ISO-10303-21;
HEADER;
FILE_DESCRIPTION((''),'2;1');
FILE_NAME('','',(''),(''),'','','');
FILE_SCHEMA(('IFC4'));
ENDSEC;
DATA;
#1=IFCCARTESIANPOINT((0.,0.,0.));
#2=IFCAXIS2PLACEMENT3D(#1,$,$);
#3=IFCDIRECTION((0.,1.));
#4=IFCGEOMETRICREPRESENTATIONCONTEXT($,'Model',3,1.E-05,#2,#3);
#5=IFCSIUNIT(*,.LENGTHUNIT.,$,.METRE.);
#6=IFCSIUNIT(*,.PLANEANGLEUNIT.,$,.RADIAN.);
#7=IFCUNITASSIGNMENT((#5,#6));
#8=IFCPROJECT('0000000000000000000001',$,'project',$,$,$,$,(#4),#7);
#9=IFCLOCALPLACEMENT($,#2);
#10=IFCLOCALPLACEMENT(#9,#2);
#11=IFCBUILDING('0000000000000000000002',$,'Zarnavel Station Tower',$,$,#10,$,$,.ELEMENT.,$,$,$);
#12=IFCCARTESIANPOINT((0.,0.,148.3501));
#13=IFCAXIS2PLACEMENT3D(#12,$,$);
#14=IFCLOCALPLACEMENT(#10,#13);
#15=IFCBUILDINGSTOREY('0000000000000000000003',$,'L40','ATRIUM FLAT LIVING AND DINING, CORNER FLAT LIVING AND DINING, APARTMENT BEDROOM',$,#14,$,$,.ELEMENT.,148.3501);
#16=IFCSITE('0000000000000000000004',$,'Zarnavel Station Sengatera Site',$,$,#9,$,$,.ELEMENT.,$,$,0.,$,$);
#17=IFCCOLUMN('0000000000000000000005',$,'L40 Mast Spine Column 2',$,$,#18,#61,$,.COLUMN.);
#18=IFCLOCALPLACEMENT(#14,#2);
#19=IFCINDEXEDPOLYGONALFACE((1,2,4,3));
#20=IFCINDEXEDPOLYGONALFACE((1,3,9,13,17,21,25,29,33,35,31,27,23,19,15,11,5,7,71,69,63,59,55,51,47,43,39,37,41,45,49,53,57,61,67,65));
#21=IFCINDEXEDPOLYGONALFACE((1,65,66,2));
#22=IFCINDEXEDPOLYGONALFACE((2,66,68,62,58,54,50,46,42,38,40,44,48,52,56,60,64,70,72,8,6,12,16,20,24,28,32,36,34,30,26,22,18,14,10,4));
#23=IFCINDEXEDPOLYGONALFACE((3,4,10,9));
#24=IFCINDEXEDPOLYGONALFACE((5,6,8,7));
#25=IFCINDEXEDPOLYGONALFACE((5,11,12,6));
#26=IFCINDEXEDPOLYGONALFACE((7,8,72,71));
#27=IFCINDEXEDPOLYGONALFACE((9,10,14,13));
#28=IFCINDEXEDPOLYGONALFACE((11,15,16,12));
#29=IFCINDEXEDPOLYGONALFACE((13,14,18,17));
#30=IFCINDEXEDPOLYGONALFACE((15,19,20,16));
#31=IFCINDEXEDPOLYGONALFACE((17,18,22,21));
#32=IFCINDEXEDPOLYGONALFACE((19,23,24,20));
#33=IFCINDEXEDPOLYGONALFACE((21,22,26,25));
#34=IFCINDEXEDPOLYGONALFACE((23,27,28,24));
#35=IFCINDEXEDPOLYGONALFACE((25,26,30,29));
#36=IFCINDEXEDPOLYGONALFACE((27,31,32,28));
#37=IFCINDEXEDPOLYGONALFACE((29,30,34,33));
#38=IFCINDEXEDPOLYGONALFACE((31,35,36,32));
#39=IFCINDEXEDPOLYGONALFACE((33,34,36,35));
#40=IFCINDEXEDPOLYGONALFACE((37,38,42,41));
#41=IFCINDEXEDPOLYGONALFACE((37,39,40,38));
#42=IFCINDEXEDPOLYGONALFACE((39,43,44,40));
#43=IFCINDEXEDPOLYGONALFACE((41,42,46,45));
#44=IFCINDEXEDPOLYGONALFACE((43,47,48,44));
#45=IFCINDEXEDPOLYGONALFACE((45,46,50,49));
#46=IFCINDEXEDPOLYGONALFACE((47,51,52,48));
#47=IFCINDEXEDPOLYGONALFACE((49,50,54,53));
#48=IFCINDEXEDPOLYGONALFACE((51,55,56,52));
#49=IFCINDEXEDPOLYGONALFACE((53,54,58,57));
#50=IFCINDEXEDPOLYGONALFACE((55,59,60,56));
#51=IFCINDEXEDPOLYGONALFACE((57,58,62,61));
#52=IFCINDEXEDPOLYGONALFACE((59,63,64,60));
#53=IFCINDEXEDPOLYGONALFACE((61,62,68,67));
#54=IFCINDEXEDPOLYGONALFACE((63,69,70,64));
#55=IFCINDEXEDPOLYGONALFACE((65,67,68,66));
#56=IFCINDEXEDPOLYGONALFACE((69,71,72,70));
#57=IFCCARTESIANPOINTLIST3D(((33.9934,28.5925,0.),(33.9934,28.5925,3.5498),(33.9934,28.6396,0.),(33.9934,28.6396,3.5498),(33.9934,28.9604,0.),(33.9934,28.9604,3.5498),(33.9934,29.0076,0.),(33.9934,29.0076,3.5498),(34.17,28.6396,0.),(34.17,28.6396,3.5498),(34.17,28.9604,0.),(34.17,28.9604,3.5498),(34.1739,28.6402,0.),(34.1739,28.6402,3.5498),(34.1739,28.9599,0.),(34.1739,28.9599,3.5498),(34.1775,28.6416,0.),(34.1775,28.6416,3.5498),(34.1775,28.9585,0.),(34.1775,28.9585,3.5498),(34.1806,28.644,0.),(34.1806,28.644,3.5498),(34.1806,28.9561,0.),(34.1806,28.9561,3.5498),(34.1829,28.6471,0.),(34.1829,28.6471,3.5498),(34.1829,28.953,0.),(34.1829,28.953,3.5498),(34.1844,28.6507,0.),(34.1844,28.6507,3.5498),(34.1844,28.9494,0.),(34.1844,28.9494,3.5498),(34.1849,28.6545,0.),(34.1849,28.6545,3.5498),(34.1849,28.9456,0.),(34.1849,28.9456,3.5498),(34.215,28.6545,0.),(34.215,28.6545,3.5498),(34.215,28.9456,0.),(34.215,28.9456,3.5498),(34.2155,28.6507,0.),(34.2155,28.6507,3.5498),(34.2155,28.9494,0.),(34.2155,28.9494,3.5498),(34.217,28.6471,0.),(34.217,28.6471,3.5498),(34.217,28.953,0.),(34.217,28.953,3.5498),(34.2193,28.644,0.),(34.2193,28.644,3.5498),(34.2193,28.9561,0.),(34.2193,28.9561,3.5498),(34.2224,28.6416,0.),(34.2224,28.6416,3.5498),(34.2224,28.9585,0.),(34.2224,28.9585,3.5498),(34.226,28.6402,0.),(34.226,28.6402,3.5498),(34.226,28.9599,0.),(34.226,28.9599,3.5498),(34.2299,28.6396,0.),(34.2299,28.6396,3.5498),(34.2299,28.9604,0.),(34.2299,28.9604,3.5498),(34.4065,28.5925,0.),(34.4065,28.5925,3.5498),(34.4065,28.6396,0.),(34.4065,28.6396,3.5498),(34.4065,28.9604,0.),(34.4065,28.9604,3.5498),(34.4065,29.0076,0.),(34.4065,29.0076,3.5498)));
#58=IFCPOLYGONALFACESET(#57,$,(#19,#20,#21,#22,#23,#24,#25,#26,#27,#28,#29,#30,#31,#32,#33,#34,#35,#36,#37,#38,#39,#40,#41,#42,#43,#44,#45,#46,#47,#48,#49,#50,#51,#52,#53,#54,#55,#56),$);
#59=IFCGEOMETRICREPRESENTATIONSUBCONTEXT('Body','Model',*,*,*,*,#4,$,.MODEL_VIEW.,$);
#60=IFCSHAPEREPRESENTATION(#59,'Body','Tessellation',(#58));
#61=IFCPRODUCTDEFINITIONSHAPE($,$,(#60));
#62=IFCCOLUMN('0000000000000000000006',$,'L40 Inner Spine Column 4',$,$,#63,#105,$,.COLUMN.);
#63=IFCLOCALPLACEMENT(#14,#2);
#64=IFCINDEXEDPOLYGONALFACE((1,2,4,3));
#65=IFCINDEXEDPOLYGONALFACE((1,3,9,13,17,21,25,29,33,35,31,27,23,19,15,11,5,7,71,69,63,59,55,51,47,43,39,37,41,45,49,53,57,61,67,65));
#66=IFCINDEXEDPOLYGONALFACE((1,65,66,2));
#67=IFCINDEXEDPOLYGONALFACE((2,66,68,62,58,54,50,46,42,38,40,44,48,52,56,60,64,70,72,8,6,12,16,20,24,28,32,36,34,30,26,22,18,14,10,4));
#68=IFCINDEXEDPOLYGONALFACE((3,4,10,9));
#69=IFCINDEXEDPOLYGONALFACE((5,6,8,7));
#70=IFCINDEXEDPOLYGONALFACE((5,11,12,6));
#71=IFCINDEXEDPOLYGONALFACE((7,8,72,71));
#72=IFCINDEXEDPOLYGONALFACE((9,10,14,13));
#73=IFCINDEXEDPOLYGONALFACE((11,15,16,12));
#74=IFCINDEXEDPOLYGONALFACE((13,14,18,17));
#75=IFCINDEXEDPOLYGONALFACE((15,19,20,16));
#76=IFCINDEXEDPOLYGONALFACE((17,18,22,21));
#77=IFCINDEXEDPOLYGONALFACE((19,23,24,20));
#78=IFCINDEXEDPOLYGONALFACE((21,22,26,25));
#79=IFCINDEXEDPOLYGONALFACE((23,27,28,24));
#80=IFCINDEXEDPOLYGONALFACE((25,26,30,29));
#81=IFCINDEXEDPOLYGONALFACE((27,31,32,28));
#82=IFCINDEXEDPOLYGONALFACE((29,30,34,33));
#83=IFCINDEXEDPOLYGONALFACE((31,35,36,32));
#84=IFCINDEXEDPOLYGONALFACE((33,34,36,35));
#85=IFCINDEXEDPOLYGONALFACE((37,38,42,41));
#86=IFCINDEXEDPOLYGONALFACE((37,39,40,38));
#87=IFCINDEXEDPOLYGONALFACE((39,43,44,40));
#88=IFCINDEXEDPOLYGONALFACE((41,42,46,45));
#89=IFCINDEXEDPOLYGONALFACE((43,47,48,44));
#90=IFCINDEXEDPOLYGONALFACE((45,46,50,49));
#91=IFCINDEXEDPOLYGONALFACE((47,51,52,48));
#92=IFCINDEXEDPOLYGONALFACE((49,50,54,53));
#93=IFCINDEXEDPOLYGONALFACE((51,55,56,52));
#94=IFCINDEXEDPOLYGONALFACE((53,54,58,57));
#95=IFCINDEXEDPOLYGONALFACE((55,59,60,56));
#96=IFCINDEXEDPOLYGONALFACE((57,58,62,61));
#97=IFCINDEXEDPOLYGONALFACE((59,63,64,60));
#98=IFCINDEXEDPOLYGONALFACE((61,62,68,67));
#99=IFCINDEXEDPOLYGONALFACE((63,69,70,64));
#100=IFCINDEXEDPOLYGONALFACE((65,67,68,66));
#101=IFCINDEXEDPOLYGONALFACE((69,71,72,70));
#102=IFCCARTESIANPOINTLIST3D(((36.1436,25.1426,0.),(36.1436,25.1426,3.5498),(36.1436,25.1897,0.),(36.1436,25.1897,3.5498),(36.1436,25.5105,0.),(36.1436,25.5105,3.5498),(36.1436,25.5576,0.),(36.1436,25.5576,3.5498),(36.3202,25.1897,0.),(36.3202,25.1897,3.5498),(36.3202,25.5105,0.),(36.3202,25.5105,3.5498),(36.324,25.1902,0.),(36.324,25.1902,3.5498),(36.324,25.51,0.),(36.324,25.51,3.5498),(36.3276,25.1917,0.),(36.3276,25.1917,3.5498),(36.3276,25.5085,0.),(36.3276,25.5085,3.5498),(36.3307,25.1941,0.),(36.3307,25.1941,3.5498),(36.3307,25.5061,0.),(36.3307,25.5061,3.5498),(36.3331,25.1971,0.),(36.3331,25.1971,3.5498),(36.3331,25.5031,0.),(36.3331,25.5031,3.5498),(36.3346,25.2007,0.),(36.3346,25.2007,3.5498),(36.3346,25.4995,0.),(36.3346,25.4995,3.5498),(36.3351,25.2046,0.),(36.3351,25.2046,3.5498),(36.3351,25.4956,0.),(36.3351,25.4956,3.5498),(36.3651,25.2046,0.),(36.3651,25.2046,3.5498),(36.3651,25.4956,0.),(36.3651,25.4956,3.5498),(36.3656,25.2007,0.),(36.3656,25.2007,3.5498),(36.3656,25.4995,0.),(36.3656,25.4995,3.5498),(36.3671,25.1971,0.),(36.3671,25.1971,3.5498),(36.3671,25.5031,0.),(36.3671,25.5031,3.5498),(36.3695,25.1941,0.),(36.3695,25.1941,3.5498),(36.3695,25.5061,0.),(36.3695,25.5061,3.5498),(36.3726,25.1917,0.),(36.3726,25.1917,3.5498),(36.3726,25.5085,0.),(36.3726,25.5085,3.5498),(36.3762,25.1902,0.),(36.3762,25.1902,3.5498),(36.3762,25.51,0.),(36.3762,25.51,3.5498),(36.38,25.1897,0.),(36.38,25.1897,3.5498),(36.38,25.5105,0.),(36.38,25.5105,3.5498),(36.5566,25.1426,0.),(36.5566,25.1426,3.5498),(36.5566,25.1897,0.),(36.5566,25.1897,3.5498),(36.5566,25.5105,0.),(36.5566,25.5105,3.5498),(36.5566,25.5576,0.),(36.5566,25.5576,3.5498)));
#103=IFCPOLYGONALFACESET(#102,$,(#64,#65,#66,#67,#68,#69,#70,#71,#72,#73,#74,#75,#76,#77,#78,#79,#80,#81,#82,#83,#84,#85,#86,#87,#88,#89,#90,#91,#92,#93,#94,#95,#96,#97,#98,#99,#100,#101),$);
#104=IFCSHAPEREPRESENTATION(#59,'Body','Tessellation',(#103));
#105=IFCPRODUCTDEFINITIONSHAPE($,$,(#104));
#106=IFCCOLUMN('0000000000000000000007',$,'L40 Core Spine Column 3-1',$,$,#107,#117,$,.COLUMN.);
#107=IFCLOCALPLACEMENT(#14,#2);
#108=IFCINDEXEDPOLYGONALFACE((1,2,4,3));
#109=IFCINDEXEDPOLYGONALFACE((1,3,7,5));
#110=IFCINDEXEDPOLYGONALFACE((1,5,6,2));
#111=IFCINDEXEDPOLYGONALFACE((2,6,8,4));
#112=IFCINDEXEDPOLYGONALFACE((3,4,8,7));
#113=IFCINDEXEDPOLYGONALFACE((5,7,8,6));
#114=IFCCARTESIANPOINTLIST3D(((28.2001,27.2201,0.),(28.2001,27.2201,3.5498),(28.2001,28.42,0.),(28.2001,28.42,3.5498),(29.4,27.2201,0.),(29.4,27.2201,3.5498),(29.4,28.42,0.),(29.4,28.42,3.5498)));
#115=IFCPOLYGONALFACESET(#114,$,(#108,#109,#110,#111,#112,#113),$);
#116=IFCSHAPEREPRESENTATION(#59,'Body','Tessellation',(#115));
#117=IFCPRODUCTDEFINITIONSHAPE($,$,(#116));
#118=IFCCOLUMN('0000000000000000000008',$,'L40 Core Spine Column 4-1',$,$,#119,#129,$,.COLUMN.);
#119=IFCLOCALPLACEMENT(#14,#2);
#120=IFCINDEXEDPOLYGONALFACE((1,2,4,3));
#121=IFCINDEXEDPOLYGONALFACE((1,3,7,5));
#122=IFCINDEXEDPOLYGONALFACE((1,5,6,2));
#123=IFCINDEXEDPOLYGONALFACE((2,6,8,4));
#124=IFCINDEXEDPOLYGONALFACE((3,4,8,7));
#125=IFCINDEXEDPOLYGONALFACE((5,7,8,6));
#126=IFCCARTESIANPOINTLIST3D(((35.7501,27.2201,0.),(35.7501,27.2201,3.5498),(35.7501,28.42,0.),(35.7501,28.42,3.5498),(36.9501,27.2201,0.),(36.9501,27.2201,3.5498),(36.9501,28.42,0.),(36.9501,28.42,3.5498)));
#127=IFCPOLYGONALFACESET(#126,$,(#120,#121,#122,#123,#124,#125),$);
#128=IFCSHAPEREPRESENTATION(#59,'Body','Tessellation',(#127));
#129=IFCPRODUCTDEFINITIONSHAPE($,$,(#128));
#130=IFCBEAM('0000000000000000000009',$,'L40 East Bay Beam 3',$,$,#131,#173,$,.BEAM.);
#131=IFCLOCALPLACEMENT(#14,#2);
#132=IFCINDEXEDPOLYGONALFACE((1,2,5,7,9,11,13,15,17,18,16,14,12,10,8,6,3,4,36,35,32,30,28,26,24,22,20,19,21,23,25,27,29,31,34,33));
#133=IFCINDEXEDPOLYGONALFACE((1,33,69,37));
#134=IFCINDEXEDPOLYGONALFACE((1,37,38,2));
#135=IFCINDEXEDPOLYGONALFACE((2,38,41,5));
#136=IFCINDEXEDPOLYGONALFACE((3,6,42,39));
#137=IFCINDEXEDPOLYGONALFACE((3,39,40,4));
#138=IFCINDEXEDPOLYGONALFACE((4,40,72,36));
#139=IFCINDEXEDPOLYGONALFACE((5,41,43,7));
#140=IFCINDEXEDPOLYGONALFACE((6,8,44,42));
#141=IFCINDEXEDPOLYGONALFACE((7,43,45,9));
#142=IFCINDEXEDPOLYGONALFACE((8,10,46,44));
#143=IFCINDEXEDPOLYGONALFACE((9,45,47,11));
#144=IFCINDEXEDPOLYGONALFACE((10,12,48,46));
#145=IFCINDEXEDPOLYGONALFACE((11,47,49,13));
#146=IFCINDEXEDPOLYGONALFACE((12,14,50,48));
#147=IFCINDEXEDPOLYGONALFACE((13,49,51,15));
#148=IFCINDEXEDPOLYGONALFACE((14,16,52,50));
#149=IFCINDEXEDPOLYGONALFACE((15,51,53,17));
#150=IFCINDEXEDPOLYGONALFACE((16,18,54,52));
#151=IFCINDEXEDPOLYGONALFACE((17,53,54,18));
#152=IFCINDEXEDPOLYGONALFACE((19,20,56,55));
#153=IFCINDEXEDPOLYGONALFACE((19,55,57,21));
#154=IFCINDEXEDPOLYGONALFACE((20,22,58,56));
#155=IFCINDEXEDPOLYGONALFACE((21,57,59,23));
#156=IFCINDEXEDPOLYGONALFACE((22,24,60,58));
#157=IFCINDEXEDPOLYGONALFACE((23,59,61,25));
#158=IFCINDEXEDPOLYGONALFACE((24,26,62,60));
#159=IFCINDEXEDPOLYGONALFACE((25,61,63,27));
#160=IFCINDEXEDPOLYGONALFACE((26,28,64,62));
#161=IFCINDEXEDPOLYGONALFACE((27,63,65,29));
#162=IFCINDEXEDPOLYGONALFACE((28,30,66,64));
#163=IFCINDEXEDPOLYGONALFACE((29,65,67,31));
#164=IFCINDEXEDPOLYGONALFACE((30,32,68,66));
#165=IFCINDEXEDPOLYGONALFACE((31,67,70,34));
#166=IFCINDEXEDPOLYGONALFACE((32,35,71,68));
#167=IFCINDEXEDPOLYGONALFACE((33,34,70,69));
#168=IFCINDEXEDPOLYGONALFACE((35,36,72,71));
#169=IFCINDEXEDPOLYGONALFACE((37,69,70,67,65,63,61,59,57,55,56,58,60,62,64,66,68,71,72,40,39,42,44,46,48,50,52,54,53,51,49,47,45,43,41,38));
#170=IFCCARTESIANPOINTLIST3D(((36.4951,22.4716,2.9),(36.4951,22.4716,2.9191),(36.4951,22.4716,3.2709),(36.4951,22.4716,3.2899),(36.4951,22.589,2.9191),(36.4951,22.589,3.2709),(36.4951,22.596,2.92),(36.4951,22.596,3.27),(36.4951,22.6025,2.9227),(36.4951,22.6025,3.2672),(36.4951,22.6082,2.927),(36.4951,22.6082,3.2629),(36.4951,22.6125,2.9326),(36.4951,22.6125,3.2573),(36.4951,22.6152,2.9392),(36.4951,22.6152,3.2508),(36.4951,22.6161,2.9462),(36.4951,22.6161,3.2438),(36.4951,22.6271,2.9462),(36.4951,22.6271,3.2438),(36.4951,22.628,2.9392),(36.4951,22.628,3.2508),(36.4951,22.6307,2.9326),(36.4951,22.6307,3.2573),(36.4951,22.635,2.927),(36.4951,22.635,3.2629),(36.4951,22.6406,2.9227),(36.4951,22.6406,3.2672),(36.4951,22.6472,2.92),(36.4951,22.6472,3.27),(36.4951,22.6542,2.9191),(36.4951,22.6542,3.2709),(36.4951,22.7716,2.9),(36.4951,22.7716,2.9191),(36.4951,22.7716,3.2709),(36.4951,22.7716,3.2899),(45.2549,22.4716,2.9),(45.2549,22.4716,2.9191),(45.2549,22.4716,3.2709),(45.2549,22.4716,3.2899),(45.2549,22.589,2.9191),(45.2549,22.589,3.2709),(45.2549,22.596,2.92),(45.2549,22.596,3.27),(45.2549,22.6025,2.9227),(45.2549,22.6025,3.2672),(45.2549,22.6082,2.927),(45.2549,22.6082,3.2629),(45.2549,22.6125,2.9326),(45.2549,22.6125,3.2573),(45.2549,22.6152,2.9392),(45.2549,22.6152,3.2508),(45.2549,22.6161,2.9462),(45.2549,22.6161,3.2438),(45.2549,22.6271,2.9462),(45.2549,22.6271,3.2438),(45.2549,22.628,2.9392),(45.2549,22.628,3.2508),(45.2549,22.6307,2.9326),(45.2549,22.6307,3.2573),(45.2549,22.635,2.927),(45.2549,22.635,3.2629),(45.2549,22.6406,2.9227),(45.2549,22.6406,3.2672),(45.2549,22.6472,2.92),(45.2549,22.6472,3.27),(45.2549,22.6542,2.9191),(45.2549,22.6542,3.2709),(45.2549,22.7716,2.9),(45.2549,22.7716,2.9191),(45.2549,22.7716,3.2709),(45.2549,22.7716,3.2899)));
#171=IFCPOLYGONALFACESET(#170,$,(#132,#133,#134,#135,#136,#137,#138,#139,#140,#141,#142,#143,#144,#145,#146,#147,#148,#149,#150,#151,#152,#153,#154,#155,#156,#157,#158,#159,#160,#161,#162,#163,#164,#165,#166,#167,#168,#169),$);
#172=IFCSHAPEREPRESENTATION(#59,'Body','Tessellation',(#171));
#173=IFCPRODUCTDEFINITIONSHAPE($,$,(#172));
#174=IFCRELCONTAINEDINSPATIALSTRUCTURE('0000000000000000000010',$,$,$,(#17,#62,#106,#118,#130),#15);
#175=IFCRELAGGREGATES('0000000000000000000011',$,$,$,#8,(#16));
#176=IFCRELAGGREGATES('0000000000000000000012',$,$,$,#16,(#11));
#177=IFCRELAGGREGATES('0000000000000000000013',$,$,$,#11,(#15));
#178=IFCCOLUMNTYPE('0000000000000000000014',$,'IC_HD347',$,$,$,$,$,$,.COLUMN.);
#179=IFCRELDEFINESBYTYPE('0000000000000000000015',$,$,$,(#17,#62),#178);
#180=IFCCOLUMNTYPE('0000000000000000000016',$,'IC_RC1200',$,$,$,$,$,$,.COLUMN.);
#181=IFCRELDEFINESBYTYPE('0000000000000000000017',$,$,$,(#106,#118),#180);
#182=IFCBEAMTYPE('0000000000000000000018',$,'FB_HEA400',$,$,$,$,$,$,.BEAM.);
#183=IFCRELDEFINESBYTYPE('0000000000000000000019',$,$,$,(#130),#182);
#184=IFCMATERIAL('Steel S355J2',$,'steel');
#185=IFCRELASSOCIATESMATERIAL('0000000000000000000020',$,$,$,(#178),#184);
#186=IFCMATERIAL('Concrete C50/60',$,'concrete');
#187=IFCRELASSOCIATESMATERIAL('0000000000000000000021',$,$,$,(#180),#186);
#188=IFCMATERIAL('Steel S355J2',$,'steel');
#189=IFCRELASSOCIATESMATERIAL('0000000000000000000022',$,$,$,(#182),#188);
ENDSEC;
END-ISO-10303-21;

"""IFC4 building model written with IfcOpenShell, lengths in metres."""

from ifc_helpers import new_model, si_unit, direction, frame, origin, origin_2d, place, context, subcontext, project, spatial, rectangle, i_section, extrude, material, material_profile, profile_set, type_object, element, save


model = new_model("IFC4")

# Units and contexts
model_context = context("Model", 3, precision=1e-05, world=origin(), true_north=direction((0.0, 1.0)))
body_context = subcontext(model_context, "Body", "Model", "MODEL_VIEW")
ifc_project = project(units=[si_unit("LENGTHUNIT", "METRE"), si_unit("PLANEANGLEUNIT", "RADIAN")], contexts=[model_context])

# Site, building, storey
site_placement = place(None, origin())
site = spatial("IfcSite", under=ifc_project, at=site_placement, Name="Zarnavel Station Sengatera Site", CompositionType="ELEMENT", RefElevation=0.0)
building_placement = place(site_placement, origin())
building = spatial("IfcBuilding", under=site, at=building_placement, Name="Zarnavel Station Tower", CompositionType="ELEMENT")
storey_placement = place(building_placement, frame((0.0, 0.0, 148.3501)))
storey = spatial("IfcBuildingStorey", under=building, at=storey_placement, Name="L40", Description="ATRIUM FLAT LIVING AND DINING, CORNER FLAT LIVING AND DINING, APARTMENT BEDROOM", CompositionType="ELEMENT", Elevation=148.3501)

# Columns
ifc_material_1 = material(Name="Steel S355J2", Category="steel")
ifc_material_profile_1 = material_profile(ifc_material_1, i_section(OverallWidth=0.4131, OverallDepth=0.415, WebThickness=0.03, FlangeThickness=0.0471, FilletRadius=0.0149, at=origin_2d()), Name="HD400x347")
ifc_profile_set_1 = profile_set([ifc_material_profile_1], Name="Steel S355J2")
column_type_1 = type_object("IfcColumnType", Name="IC_HD347", PredefinedType="COLUMN", material=ifc_profile_set_1)
for number, where, z_axis, x_axis, name in (
    (1, (34.2, 28.8, 0.0), (0.0, 0.0, 1.0), (1.0, 0.0, 0.0), "L40 Mast Spine Column 2"),
    (2, (36.3501, 25.3501, 0.0), (0.0, 0.0, 1.0), (1.0, 0.0, 0.0), "L40 Inner Spine Column 4"),
):
    element("IfcColumn", number, at=place(storey_placement, frame(where, z_axis=z_axis, x_axis=x_axis)), inside=storey, type_object=column_type_1, Name=name, PredefinedType="COLUMN", context=body_context, shape_type="SweptSolid", body=[
        extrude(i_section(OverallWidth=0.4131, OverallDepth=0.415, WebThickness=0.03, FlangeThickness=0.0471, FilletRadius=0.0149, at=origin_2d()), origin(), (0.0, 0.0, 1.0), 3.5498),
    ])
ifc_material_2 = material(Name="Concrete C50/60", Category="concrete")
ifc_material_profile_2 = material_profile(ifc_material_2, rectangle(XDim=1.2, YDim=1.2, at=origin_2d()), Name="RC1200x1200")
ifc_profile_set_2 = profile_set([ifc_material_profile_2], Name="Concrete C50/60")
column_type_2 = type_object("IfcColumnType", Name="IC_RC1200", PredefinedType="COLUMN", material=ifc_profile_set_2)
for number, where, z_axis, x_axis, name in (
    (3, (28.8, 27.8201, 0.0), (0.0, 0.0, 1.0), (1.0, 0.0, 0.0), "L40 Core Spine Column 3-1"),
    (4, (36.3501, 27.8201, 0.0), (0.0, 0.0, 1.0), (1.0, 0.0, 0.0), "L40 Core Spine Column 4-1"),
):
    element("IfcColumn", number, at=place(storey_placement, frame(where, z_axis=z_axis, x_axis=x_axis)), inside=storey, type_object=column_type_2, Name=name, PredefinedType="COLUMN", context=body_context, shape_type="SweptSolid", body=[
        extrude(rectangle(XDim=1.2, YDim=1.2, at=origin_2d()), origin(), (0.0, 0.0, 1.0), 3.5498),
    ])

# Beam
ifc_material_3 = material(Name="Steel S355J2", Category="steel")
ifc_material_profile_3 = material_profile(ifc_material_3, i_section(OverallWidth=0.3, OverallDepth=0.3899, WebThickness=0.011, FlangeThickness=0.019, FilletRadius=0.0271, at=origin_2d()), Name="HEA400")
ifc_profile_set_3 = profile_set([ifc_material_profile_3], Name="Steel S355J2")
beam_type_1 = type_object("IfcBeamType", Name="FB_HEA400", PredefinedType="BEAM", material=ifc_profile_set_3)
beam_1_placement = place(storey_placement, frame((36.4951, 22.6216, 3.095), z_axis=(1.0, 0.0, 0.0), x_axis=(0.0, 1.0, 0.0)))
element("IfcBeam", 5, at=beam_1_placement, inside=storey, type_object=beam_type_1, Name="L40 East Bay Beam 3", PredefinedType="BEAM", context=body_context, shape_type="SweptSolid", body=[
    extrude(i_section(OverallWidth=0.3, OverallDepth=0.3899, WebThickness=0.011, FlangeThickness=0.019, FilletRadius=0.0271, at=origin_2d()), origin(), (0.0, 0.0, 1.0), 8.7598),
])

save(model, "model.ifc")
